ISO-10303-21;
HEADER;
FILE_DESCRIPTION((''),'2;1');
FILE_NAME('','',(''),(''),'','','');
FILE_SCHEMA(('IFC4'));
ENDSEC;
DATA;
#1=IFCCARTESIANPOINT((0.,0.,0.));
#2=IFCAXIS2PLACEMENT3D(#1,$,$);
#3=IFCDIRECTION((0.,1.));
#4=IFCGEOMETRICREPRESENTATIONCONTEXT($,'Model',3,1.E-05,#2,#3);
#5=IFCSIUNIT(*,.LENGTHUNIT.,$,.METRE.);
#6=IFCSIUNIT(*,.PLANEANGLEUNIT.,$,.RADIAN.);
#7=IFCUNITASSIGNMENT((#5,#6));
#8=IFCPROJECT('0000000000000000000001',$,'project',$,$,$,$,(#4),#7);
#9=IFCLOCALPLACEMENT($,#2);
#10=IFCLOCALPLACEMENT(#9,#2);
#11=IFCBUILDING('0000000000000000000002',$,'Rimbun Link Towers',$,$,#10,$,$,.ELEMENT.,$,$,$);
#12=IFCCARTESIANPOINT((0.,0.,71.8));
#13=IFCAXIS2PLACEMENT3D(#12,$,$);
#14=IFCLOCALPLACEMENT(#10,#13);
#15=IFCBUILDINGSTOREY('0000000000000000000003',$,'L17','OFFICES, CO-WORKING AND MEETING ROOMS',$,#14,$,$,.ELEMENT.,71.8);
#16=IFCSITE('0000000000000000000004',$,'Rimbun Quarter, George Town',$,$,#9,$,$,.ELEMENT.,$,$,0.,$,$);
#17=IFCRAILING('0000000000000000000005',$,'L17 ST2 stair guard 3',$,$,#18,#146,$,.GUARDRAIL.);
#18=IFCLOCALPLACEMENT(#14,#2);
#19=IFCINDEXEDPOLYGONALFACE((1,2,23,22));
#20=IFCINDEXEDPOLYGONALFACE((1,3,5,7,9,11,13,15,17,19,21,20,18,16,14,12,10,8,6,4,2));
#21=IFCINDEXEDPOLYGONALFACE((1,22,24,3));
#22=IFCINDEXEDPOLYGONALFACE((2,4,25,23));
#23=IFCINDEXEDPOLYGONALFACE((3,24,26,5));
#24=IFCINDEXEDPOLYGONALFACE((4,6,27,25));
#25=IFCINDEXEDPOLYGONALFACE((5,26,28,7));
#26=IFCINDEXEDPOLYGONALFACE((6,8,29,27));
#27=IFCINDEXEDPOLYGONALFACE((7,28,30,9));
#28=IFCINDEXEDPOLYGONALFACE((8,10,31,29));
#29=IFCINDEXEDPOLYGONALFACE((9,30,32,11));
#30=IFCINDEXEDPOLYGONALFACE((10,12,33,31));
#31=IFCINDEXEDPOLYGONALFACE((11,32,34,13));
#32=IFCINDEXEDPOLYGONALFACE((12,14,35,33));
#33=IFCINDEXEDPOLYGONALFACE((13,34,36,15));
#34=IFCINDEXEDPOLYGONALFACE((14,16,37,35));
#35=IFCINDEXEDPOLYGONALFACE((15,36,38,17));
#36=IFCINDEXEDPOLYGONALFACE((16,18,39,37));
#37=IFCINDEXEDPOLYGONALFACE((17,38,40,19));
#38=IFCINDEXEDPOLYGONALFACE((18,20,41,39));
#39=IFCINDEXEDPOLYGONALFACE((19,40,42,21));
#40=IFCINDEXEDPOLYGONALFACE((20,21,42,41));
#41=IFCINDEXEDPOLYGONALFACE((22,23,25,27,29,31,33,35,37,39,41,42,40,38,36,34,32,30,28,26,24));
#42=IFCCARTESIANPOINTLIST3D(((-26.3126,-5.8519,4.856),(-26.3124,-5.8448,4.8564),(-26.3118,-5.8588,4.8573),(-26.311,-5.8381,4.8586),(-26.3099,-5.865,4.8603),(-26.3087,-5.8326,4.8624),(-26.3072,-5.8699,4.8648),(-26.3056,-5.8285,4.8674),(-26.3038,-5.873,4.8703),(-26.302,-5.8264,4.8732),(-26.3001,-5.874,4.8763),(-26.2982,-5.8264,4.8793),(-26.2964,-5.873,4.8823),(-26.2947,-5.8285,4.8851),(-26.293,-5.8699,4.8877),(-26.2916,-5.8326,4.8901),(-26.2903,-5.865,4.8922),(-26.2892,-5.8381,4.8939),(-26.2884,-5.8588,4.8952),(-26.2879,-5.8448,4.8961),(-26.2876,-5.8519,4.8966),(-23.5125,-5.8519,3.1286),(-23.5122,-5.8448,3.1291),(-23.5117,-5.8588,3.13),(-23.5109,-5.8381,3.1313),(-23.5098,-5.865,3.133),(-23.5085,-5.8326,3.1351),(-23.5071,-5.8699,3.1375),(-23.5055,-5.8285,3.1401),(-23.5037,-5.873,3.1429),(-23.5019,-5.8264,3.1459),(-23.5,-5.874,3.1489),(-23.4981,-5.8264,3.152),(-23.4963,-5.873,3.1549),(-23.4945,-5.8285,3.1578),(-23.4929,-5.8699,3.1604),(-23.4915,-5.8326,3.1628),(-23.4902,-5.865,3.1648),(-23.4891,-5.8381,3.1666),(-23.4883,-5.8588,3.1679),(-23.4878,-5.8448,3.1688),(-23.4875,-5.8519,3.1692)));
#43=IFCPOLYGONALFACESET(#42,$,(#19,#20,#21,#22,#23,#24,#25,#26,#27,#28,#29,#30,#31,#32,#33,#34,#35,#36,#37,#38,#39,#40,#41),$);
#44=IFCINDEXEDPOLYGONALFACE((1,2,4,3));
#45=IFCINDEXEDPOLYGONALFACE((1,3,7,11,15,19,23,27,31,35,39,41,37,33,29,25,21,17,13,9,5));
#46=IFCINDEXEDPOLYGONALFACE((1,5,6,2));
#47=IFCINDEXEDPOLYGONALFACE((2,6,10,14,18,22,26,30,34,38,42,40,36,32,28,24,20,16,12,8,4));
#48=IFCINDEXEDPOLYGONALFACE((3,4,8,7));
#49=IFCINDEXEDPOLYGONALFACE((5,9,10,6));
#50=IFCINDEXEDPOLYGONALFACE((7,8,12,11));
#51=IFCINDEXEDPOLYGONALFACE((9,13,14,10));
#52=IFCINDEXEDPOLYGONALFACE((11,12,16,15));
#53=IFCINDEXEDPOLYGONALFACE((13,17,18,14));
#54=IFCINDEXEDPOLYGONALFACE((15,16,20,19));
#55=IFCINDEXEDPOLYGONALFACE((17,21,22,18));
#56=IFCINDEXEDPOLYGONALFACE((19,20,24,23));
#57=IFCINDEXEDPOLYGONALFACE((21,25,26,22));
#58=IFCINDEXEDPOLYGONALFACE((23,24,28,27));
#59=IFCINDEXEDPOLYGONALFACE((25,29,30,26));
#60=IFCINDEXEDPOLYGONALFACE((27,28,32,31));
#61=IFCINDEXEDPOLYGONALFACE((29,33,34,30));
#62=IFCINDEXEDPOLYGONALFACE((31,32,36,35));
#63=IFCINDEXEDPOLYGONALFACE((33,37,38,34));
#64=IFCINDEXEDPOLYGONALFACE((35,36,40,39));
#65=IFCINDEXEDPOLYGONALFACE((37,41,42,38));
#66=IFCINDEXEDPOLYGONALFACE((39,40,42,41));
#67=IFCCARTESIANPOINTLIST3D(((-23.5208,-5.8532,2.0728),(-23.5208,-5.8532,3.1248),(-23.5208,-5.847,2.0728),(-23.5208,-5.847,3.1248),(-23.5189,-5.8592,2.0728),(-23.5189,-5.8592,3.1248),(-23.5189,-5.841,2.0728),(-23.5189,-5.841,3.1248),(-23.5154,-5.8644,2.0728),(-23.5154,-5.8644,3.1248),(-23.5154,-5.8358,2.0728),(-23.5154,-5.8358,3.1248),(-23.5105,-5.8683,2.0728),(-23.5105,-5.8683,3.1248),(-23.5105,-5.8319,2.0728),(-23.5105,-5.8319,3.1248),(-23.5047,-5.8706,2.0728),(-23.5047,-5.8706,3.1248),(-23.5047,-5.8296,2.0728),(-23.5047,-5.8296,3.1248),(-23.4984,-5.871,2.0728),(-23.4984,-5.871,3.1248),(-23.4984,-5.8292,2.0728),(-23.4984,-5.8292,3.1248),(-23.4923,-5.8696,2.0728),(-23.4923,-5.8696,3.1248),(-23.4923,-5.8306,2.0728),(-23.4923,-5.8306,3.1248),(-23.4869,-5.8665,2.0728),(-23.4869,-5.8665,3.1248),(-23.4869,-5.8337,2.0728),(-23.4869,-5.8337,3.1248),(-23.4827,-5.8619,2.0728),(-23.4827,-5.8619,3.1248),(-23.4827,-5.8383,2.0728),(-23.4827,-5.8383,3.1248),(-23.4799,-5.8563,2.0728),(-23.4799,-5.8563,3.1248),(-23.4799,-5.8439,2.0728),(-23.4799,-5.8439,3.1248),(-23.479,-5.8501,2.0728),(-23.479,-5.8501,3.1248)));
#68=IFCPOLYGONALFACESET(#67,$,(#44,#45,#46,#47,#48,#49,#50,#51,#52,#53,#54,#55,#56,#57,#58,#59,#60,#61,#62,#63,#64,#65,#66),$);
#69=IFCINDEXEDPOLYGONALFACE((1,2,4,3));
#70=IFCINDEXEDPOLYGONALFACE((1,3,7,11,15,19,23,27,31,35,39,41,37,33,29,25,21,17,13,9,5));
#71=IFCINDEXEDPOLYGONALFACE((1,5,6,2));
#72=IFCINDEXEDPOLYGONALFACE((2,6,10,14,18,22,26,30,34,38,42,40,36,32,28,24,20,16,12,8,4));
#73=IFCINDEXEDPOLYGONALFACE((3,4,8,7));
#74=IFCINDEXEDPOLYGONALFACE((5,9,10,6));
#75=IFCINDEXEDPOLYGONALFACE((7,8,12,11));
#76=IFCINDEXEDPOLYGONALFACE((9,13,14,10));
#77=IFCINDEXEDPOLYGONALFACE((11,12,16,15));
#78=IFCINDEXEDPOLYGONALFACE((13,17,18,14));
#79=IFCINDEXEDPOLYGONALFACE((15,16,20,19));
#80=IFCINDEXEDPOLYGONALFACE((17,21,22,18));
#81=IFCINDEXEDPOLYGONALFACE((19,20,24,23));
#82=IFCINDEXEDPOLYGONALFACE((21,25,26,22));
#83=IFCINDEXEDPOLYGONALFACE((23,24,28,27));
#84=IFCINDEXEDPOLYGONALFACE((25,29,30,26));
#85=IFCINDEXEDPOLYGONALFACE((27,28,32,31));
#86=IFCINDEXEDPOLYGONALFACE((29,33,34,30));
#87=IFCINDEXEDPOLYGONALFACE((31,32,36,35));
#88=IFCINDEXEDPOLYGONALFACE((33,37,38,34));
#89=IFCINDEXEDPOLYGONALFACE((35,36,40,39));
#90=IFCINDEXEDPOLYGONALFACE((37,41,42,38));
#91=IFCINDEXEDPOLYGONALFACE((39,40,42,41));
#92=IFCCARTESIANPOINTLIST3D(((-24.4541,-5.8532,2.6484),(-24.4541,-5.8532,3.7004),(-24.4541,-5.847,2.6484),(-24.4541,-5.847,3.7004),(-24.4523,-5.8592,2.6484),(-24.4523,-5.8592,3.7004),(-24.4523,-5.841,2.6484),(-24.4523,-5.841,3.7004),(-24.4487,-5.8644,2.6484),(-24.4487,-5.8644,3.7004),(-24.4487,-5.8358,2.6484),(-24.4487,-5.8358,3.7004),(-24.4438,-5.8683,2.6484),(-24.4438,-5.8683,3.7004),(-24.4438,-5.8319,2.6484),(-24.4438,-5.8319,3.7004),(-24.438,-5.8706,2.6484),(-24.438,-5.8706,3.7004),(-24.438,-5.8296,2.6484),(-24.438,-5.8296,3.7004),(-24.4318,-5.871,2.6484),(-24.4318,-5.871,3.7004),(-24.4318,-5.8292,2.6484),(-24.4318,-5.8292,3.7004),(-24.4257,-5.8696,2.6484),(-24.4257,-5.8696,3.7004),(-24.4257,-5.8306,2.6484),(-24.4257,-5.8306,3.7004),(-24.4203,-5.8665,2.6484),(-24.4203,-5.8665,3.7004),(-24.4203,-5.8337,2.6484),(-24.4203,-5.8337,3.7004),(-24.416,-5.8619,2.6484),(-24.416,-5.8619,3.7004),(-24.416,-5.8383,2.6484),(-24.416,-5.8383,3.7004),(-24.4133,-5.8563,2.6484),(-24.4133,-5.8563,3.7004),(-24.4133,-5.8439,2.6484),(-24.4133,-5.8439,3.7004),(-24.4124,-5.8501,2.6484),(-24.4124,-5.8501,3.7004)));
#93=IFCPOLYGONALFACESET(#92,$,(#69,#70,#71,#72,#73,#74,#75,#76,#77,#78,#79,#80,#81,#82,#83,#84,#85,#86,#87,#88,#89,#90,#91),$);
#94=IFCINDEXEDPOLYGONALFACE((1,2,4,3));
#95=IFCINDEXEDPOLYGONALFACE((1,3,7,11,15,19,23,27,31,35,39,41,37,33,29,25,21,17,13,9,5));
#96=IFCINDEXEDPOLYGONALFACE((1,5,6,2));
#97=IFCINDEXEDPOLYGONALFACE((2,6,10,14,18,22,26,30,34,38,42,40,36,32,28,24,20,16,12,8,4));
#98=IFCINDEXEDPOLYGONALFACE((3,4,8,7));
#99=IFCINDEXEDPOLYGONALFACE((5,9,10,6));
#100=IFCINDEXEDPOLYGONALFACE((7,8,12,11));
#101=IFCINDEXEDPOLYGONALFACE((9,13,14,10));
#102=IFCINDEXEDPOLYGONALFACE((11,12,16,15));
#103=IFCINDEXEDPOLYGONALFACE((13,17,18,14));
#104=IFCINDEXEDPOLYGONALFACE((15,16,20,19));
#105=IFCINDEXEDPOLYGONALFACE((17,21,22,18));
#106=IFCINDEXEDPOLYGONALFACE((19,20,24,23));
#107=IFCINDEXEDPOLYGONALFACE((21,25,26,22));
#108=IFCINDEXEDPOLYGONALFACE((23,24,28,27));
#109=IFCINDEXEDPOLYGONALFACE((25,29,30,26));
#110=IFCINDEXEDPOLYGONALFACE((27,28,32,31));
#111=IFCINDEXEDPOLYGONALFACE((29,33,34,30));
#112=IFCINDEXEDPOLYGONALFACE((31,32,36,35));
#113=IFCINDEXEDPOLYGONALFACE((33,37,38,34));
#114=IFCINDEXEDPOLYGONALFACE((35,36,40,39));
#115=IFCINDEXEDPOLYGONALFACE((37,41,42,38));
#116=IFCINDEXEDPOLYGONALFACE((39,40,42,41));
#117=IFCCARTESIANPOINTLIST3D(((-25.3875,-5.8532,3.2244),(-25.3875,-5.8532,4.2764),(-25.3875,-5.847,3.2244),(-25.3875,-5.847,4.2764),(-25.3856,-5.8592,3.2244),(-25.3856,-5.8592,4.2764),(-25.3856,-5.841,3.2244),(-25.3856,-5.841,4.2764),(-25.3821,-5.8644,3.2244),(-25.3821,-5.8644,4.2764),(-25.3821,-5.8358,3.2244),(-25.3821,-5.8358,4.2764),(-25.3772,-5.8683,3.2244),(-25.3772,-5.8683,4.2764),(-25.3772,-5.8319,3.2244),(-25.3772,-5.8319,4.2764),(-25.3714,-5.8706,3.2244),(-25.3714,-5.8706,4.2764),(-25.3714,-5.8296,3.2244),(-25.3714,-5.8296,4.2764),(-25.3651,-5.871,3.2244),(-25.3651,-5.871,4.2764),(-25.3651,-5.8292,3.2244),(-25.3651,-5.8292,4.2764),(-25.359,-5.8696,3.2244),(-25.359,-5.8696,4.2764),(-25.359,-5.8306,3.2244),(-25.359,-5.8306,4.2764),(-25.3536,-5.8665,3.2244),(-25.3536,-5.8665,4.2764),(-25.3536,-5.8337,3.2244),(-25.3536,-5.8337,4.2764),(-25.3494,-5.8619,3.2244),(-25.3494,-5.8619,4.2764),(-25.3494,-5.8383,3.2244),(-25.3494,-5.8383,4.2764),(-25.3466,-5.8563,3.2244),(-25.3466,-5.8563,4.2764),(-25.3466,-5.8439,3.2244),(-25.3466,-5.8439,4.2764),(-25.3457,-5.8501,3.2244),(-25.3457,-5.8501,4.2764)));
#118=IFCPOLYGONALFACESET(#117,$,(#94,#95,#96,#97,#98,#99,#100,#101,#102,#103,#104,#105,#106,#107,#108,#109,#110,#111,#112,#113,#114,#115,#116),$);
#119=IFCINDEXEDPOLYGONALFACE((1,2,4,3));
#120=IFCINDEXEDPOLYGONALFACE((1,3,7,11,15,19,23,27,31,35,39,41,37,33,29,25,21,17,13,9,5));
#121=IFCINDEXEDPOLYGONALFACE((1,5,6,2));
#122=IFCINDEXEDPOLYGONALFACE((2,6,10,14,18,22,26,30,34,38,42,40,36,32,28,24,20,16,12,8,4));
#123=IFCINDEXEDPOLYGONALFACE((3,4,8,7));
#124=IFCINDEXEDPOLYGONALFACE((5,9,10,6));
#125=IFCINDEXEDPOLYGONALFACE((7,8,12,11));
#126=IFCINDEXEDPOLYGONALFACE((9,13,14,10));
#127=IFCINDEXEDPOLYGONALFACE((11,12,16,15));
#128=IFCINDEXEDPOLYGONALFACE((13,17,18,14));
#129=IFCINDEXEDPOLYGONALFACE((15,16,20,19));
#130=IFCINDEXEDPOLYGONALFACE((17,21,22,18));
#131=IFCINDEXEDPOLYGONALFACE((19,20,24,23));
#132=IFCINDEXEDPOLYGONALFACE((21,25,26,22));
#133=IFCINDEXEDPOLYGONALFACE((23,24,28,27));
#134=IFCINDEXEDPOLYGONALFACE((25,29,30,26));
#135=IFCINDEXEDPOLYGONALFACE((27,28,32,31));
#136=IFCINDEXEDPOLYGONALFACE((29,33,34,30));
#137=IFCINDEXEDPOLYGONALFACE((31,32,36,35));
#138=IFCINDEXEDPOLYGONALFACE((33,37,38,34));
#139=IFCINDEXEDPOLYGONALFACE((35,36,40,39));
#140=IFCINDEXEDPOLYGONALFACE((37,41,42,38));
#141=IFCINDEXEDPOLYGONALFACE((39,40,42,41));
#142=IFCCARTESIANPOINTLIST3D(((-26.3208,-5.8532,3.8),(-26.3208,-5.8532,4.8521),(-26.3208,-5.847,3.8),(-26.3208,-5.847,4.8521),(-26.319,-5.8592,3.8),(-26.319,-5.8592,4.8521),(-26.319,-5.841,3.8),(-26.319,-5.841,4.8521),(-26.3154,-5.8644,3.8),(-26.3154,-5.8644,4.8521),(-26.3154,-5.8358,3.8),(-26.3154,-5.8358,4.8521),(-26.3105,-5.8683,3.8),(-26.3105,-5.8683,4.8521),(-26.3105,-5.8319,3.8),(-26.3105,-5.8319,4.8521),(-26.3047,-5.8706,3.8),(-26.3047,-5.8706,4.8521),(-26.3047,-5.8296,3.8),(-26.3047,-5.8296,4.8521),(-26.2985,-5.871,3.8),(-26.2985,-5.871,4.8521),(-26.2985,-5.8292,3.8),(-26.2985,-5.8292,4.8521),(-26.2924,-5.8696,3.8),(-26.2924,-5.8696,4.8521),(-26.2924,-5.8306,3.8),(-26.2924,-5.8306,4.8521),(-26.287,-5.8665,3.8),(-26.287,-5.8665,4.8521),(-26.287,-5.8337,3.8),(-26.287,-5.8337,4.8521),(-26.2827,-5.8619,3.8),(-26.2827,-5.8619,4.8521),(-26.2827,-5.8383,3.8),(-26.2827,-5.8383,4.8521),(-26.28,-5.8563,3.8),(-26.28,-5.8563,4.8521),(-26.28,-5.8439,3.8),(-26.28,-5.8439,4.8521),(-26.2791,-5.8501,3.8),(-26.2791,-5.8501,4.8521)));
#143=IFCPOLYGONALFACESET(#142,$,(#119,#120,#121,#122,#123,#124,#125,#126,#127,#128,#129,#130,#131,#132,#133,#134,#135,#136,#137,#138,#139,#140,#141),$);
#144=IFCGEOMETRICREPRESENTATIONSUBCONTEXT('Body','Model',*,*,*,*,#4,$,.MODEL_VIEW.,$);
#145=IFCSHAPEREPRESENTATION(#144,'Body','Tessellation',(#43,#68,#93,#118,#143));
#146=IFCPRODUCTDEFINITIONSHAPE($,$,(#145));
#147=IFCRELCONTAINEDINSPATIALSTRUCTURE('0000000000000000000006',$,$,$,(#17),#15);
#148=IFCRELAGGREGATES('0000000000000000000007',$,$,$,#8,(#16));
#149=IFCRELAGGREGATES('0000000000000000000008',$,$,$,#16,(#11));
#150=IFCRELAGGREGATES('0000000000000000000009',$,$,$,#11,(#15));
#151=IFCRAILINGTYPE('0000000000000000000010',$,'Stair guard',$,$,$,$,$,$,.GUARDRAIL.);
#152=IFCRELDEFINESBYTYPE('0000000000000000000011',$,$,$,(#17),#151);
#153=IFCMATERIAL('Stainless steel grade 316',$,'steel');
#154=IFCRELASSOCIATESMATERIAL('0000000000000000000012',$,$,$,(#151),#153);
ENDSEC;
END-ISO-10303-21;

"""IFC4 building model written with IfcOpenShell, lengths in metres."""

from ifc_helpers import new_model, si_unit, direction, frame, origin, origin_2d, place, context, subcontext, project, spatial, circle, extrude, material, type_object, element, save


model = new_model("IFC4")

# Units and contexts
model_context = context("Model", 3, precision=1e-05, world=origin(), true_north=direction((0.0, 1.0)))
body_context = subcontext(model_context, "Body", "Model", "MODEL_VIEW")
ifc_project = project(units=[si_unit("LENGTHUNIT", "METRE"), si_unit("PLANEANGLEUNIT", "RADIAN")], contexts=[model_context])

# Site, building, storey
site_placement = place(None, origin())
site = spatial("IfcSite", under=ifc_project, at=site_placement, Name="Rimbun Quarter, George Town", CompositionType="ELEMENT", RefElevation=0.0)
building_placement = place(site_placement, origin())
building = spatial("IfcBuilding", under=site, at=building_placement, Name="Rimbun Link Towers", CompositionType="ELEMENT")
storey_placement = place(building_placement, frame((0.0, 0.0, 71.8)))
storey = spatial("IfcBuildingStorey", under=building, at=storey_placement, Name="L17", Description="OFFICES, CO-WORKING AND MEETING ROOMS", CompositionType="ELEMENT", Elevation=71.8)

# Railing
ifc_material_1 = material(Name="Stainless steel grade 316", Category="steel")
railing_type_1 = type_object("IfcRailingType", Name="Stair guard", PredefinedType="GUARDRAIL", material=ifc_material_1)
railing_1_placement = place(storey_placement, frame((-23.5, -5.8501, 2.0728)))
element("IfcRailing", 1, at=railing_1_placement, inside=storey, type_object=railing_type_1, Name="L17 ST2 stair guard 3", PredefinedType="GUARDRAIL", context=body_context, shape_type="SweptSolid", body=[
    extrude(circle(Radius=0.0239, at=origin_2d()), frame((0.0, 0.0, 1.0762), z_axis=(-0.85109, 0.0, 0.52502), x_axis=(0.0, -1.0, 0.0)), (0.0, 0.0, 1.0), 3.29),
    extrude(circle(Radius=0.021, at=origin_2d()), origin(), (0.0, 0.0, 1.0), 1.052),
    extrude(circle(Radius=0.021, at=origin_2d()), frame((-0.9333, 0.0, 0.5757)), (0.0, 0.0, 1.0), 1.052),
    extrude(circle(Radius=0.021, at=origin_2d()), frame((-1.8667, 0.0, 1.1516)), (0.0, 0.0, 1.0), 1.052),
    extrude(circle(Radius=0.021, at=origin_2d()), frame((-2.8, 0.0, 1.7273)), (0.0, 0.0, 1.0), 1.052),
])

save(model, "model.ifc")
